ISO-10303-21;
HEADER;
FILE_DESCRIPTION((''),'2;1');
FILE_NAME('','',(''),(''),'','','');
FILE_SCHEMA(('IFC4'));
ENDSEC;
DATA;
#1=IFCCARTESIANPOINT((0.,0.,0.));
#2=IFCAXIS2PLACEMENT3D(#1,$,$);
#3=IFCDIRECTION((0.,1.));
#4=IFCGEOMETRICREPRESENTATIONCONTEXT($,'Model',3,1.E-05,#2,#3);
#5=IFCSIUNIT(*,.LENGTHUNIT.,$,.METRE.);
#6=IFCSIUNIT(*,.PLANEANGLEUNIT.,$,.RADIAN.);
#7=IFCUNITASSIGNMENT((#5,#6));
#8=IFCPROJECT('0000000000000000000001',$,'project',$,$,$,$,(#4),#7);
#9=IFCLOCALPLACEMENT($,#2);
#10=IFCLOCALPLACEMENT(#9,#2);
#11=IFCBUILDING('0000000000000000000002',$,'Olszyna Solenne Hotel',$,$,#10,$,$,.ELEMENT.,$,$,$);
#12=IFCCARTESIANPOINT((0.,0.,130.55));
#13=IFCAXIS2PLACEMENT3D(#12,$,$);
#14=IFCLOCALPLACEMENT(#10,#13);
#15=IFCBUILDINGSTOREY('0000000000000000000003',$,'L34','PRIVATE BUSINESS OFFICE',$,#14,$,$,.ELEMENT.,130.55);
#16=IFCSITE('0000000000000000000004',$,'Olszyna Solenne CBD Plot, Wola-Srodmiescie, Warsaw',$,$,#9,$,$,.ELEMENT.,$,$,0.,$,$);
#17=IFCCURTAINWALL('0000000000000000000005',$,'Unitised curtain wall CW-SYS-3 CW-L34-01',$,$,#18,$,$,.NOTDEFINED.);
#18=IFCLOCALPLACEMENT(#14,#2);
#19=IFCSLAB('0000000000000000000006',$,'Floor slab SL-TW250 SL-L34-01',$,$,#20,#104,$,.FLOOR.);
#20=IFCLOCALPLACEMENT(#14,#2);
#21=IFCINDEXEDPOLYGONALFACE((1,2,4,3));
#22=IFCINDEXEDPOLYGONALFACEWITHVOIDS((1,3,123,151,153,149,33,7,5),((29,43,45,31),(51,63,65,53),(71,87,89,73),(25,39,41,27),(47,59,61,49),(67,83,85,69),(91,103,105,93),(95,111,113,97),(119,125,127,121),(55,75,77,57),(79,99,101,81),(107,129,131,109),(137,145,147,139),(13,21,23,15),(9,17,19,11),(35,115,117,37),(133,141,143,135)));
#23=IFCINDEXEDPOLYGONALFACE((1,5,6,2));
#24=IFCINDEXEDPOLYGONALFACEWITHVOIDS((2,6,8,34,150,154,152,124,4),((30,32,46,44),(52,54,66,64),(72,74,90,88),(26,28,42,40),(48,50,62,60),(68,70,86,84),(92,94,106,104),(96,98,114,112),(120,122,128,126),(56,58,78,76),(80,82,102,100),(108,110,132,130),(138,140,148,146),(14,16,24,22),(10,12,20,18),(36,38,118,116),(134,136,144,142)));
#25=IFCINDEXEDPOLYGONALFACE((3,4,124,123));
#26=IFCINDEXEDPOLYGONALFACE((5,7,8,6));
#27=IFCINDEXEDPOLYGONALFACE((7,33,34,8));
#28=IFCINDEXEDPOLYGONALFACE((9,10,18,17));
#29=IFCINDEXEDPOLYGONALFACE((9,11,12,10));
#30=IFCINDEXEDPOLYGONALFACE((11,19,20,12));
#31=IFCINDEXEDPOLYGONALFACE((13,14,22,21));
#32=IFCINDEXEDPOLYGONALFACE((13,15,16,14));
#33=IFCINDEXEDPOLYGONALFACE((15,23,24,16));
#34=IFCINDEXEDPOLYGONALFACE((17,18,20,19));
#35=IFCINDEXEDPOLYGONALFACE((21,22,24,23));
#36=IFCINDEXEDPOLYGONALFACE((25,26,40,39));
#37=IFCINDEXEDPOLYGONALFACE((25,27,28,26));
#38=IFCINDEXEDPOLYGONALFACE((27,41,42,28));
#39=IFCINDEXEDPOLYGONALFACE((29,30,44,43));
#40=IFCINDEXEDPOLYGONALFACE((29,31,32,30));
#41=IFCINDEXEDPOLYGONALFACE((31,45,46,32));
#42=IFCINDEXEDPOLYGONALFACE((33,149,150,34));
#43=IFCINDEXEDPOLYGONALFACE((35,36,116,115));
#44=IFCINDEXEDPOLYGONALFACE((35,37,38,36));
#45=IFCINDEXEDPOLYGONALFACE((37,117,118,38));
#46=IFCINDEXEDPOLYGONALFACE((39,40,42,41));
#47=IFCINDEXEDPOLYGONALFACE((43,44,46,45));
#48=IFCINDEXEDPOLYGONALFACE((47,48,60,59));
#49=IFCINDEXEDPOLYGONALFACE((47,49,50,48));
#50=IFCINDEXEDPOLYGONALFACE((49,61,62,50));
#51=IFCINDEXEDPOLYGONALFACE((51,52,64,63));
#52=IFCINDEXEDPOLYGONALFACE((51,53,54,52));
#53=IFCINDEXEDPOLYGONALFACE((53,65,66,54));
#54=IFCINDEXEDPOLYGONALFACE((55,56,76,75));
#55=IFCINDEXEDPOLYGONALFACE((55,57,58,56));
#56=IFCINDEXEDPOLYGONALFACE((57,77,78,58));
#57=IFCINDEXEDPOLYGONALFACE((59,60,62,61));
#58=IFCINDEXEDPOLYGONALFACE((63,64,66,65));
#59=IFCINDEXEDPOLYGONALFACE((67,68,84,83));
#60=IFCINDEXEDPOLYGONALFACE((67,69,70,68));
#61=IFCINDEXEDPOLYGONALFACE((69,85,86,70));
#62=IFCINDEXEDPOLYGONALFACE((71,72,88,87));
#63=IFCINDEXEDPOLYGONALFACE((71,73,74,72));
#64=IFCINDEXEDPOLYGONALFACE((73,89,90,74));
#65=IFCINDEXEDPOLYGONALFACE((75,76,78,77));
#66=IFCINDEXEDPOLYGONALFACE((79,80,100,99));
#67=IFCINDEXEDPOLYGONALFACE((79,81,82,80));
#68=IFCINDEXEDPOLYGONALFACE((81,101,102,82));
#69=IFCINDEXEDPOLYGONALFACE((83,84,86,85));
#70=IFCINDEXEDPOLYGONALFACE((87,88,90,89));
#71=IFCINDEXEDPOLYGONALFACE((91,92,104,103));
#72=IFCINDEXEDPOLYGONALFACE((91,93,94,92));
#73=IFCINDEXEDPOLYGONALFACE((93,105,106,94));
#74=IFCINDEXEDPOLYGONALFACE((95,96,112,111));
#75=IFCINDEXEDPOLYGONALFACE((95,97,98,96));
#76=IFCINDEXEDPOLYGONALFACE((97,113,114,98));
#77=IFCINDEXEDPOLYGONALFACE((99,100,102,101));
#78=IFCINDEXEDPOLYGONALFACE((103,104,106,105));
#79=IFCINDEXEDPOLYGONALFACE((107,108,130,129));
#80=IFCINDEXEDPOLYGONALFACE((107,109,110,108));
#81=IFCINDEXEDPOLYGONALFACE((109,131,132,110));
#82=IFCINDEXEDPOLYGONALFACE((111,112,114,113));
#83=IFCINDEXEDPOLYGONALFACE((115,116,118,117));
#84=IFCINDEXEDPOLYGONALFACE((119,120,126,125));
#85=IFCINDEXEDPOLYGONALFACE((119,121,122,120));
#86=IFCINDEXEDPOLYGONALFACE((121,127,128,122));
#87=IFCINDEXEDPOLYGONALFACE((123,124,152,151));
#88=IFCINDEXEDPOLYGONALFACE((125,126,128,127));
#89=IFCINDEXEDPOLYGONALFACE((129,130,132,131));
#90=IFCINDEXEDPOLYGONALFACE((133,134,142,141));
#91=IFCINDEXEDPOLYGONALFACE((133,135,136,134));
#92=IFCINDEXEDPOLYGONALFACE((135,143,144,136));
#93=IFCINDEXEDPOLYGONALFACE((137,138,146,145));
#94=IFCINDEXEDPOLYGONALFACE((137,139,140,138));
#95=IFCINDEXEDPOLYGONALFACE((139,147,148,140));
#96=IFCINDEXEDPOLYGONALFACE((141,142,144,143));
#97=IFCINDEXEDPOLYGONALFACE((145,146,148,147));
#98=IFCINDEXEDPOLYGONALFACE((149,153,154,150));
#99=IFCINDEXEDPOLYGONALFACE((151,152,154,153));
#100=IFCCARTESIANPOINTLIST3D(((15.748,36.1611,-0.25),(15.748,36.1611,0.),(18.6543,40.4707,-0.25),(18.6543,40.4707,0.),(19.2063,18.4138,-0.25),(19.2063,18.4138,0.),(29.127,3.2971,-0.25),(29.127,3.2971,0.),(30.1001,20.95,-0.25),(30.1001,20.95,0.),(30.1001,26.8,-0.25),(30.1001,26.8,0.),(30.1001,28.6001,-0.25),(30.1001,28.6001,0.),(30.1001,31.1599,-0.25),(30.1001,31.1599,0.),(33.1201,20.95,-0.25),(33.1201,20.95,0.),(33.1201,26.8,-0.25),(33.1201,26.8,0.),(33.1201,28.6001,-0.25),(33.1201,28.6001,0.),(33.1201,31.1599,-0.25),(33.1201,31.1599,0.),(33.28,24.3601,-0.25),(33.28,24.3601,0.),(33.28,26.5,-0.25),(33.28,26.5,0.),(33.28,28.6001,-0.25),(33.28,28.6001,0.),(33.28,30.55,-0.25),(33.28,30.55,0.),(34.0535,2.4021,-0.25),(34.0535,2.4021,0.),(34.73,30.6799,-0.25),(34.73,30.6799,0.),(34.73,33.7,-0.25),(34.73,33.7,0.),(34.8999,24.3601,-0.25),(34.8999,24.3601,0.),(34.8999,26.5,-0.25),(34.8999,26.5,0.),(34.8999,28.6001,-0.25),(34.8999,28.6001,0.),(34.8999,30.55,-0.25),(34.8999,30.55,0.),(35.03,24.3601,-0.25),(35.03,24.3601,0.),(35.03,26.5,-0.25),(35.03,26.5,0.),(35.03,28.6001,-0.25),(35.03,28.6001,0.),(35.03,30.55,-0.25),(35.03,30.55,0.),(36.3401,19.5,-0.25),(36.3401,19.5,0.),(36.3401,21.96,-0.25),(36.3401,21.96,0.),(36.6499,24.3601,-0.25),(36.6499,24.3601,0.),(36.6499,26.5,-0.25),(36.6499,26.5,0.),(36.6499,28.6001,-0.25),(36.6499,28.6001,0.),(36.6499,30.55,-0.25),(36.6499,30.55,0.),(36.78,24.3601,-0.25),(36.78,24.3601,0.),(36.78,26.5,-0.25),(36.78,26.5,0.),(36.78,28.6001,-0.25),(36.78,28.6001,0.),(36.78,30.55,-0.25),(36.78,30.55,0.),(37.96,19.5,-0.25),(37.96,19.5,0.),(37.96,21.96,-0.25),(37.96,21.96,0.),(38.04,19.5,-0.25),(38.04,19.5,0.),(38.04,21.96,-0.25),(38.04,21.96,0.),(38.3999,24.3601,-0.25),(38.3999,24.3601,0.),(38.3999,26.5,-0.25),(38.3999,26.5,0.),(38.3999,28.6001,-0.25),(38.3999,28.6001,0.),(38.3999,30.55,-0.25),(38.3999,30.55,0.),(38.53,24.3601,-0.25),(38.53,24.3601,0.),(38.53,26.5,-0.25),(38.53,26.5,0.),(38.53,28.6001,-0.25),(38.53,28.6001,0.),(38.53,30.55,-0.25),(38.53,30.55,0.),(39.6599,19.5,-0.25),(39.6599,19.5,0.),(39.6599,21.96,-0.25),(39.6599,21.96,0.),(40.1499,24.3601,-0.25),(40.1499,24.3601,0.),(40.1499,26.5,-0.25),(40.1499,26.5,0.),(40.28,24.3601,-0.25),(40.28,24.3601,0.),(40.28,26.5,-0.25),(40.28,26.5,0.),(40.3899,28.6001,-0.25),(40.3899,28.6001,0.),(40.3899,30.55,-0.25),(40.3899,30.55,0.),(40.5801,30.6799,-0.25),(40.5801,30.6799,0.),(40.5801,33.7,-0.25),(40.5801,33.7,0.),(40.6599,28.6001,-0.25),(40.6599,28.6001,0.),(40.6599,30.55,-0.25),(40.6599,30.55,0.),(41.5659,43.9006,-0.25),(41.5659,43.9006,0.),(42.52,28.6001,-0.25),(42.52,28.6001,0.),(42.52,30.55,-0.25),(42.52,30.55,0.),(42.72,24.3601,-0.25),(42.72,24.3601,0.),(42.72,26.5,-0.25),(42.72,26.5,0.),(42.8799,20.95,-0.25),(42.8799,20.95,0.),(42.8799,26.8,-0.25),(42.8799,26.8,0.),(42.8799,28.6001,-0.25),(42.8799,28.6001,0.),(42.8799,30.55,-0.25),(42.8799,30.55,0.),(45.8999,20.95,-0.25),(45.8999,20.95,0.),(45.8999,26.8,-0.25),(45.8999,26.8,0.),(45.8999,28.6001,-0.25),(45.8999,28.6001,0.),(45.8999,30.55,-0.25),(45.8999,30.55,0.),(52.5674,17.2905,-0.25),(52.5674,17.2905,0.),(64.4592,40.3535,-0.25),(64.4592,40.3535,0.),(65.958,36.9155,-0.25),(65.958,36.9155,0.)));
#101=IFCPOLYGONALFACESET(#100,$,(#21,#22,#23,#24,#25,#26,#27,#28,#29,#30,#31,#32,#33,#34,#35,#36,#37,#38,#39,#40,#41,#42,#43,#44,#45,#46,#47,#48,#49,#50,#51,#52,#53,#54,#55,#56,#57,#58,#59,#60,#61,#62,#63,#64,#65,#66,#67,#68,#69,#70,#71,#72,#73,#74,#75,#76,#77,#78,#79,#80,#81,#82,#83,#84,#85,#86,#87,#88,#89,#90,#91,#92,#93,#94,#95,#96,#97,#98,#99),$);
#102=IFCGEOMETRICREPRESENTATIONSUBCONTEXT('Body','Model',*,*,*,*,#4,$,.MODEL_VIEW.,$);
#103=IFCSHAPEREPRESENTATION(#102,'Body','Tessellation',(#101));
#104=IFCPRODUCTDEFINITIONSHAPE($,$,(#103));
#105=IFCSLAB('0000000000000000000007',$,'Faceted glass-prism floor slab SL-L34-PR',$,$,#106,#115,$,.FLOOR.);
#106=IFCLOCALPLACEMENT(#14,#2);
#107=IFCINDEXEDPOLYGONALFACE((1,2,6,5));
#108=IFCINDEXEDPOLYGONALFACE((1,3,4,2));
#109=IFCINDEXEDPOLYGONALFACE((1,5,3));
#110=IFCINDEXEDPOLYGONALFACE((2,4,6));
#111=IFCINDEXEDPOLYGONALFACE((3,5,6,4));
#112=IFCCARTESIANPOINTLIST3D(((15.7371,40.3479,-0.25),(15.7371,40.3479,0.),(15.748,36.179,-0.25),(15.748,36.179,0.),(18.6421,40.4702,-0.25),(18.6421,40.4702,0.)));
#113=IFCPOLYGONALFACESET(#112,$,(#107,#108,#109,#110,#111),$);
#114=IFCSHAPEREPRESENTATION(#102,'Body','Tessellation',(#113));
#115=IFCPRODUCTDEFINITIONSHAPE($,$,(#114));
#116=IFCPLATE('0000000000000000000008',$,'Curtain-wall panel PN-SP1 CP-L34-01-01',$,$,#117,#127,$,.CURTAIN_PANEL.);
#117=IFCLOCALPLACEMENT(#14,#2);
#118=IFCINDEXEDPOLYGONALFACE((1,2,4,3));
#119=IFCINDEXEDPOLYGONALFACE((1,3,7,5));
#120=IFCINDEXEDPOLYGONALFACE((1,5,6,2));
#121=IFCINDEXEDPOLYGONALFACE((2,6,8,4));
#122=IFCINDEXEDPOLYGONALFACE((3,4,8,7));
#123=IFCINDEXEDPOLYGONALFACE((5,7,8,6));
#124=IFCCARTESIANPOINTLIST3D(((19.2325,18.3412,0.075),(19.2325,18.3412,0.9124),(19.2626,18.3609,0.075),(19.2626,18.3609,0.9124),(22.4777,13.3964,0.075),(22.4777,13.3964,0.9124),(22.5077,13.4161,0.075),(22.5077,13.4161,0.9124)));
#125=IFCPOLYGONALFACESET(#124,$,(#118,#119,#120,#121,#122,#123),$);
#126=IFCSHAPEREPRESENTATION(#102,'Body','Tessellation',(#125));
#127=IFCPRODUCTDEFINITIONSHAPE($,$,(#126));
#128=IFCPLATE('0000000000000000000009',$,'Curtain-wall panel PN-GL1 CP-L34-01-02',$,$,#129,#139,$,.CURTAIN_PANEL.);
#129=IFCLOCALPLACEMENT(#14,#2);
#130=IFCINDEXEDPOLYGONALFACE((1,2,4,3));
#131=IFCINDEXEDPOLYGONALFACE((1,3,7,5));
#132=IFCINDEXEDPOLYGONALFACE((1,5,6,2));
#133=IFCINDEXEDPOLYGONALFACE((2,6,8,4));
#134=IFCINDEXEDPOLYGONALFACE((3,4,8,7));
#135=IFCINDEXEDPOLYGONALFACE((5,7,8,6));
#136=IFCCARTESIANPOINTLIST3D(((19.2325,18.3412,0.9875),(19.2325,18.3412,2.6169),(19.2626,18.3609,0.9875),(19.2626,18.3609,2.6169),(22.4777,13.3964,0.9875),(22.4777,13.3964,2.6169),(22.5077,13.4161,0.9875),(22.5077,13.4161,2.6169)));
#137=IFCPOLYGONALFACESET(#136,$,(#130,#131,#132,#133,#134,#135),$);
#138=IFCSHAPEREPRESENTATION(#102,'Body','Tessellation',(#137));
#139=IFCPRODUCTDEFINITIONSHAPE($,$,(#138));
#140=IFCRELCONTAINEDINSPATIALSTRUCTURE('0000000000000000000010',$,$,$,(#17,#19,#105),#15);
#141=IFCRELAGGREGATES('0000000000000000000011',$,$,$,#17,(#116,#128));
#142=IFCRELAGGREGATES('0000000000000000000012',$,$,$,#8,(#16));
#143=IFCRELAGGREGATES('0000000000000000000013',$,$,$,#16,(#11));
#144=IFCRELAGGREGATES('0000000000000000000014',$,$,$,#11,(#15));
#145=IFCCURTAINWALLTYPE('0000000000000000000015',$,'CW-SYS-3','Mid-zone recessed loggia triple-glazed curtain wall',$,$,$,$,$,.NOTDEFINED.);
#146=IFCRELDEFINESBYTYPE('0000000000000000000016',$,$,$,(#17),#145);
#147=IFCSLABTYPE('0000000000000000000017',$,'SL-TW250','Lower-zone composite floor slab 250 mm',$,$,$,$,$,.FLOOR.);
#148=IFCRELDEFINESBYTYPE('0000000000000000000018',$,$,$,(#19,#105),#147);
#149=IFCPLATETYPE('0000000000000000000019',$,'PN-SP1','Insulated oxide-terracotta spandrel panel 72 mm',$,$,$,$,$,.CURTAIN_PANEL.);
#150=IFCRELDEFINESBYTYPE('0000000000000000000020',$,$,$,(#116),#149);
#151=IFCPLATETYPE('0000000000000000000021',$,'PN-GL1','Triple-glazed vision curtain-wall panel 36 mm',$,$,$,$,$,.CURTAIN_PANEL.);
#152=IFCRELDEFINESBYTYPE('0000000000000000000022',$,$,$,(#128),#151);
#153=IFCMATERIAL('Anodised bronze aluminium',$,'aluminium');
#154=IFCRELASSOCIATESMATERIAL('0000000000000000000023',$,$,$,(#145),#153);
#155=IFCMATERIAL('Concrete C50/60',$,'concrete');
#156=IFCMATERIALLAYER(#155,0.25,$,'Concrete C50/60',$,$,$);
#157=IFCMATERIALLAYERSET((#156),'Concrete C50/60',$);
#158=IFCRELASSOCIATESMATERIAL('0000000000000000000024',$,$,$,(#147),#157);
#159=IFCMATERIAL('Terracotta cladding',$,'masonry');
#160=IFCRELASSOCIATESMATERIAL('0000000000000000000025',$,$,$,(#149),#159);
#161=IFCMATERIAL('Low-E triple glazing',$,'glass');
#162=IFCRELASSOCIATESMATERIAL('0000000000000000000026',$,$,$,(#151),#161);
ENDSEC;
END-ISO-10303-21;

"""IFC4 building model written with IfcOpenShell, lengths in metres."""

from ifc_helpers import new_model, si_unit, direction, frame, origin, origin_2d, place, context, subcontext, project, spatial, polyline, rectangle, outline, extrude, source, transform, mapped, material, layer, layer_set, type_object, element, aggregate, save


model = new_model("IFC4")

# Units and contexts
model_context = context("Model", 3, precision=1e-05, world=origin(), true_north=direction((0.0, 1.0)))
body_context = subcontext(model_context, "Body", "Model", "MODEL_VIEW")
ifc_project = project(units=[si_unit("LENGTHUNIT", "METRE"), si_unit("PLANEANGLEUNIT", "RADIAN")], contexts=[model_context])

# Site, building, storey
site_placement = place(None, origin())
site = spatial("IfcSite", under=ifc_project, at=site_placement, Name="Olszyna Solenne CBD Plot, Wola-Srodmiescie, Warsaw", CompositionType="ELEMENT", RefElevation=0.0)
building_placement = place(site_placement, origin())
building = spatial("IfcBuilding", under=site, at=building_placement, Name="Olszyna Solenne Hotel", CompositionType="ELEMENT")
storey_placement = place(building_placement, frame((0.0, 0.0, 130.55)))
storey = spatial("IfcBuildingStorey", under=building, at=storey_placement, Name="L34", Description="PRIVATE BUSINESS OFFICE", CompositionType="ELEMENT", Elevation=130.55)

# Curtain wall
ifc_material_1 = material(Name="Anodised bronze aluminium", Category="aluminium")
curtain_wall_type = type_object("IfcCurtainWallType", Name="CW-SYS-3", Description="Mid-zone recessed loggia triple-glazed curtain wall", PredefinedType="NOTDEFINED", material=ifc_material_1)
curtain_wall_placement = place(storey_placement, origin())
curtain_wall = element("IfcCurtainWall", 1, at=curtain_wall_placement, inside=storey, type_object=curtain_wall_type, Name="Unitised curtain wall CW-SYS-3 CW-L34-01", PredefinedType="NOTDEFINED")

# Slabs
ifc_material_2 = material(Name="Concrete C50/60", Category="concrete")
ifc_layer_1 = layer(ifc_material_2, 0.25, Name="Concrete C50/60")
ifc_layer_set_1 = layer_set([ifc_layer_1], Name="Concrete C50/60")
slab_type_1 = type_object("IfcSlabType", Name="SL-TW250", Description="Lower-zone composite floor slab 250 mm", PredefinedType="FLOOR", material=ifc_layer_set_1)
slab_1_placement = place(storey_placement, frame((0.0, 0.0, -0.25)))
element("IfcSlab", 2, at=slab_1_placement, inside=storey, type_object=slab_type_1, Name="Floor slab SL-TW250 SL-L34-01", PredefinedType="FLOOR", context=body_context, shape_type="SweptSolid", body=[
    extrude(outline(polyline([(65.958, 36.9155), (64.4592, 40.3535), (41.5659, 43.9006), (18.6543, 40.4707), (15.748, 36.1611), (19.2063, 18.4138), (29.127, 3.2971), (34.0535, 2.4021), (52.5674, 17.2905), (65.958, 36.9155)]), holes=[polyline([(30.1001, 20.95), (33.1201, 20.95), (33.1201, 26.8), (30.1001, 26.8), (30.1001, 20.95)]), polyline([(42.8799, 20.95), (45.8999, 20.95), (45.8999, 26.8), (42.8799, 26.8), (42.8799, 20.95)]), polyline([(34.73, 30.6799), (40.5801, 30.6799), (40.5801, 33.7), (34.73, 33.7), (34.73, 30.6799)]), polyline([(36.3401, 19.5), (37.96, 19.5), (37.96, 21.96), (36.3401, 21.96), (36.3401, 19.5)]), polyline([(38.04, 19.5), (39.6599, 19.5), (39.6599, 21.96), (38.04, 21.96), (38.04, 19.5)]), polyline([(30.1001, 28.6001), (33.1201, 28.6001), (33.1201, 31.1599), (30.1001, 31.1599), (30.1001, 28.6001)]), polyline([(33.28, 24.3601), (34.8999, 24.3601), (34.8999, 26.5), (33.28, 26.5), (33.28, 24.3601)]), polyline([(35.03, 24.3601), (36.6499, 24.3601), (36.6499, 26.5), (35.03, 26.5), (35.03, 24.3601)]), polyline([(36.78, 24.3601), (38.3999, 24.3601), (38.3999, 26.5), (36.78, 26.5), (36.78, 24.3601)]), polyline([(38.53, 24.3601), (40.1499, 24.3601), (40.1499, 26.5), (38.53, 26.5), (38.53, 24.3601)]), polyline([(40.28, 24.3601), (42.72, 24.3601), (42.72, 26.5), (40.28, 26.5), (40.28, 24.3601)]), polyline([(33.28, 28.6001), (34.8999, 28.6001), (34.8999, 30.55), (33.28, 30.55), (33.28, 28.6001)]), polyline([(35.03, 28.6001), (36.6499, 28.6001), (36.6499, 30.55), (35.03, 30.55), (35.03, 28.6001)]), polyline([(36.78, 28.6001), (38.3999, 28.6001), (38.3999, 30.55), (36.78, 30.55), (36.78, 28.6001)]), polyline([(38.53, 28.6001), (40.3899, 28.6001), (40.3899, 30.55), (38.53, 30.55), (38.53, 28.6001)]), polyline([(40.6599, 28.6001), (42.52, 28.6001), (42.52, 30.55), (40.6599, 30.55), (40.6599, 28.6001)]), polyline([(42.8799, 28.6001), (45.8999, 28.6001), (45.8999, 30.55), (42.8799, 30.55), (42.8799, 28.6001)])]), origin(), (0.0, 0.0, 1.0), 0.25),
])
slab_2_placement = place(storey_placement, frame((0.0, 0.0, -0.25)))
element("IfcSlab", 3, at=slab_2_placement, inside=storey, type_object=slab_type_1, Name="Faceted glass-prism floor slab SL-L34-PR", PredefinedType="FLOOR", context=body_context, shape_type="SweptSolid", body=[
    extrude(outline(polyline([(15.748, 36.179), (18.6421, 40.4702), (15.7371, 40.3479), (15.748, 36.179)])), origin(), (0.0, 0.0, 1.0), 0.25),
])

# Plates
ifc_material_3 = material(Name="Terracotta cladding", Category="masonry")
plate_type_1 = type_object("IfcPlateType", Name="PN-SP1", Description="Insulated oxide-terracotta spandrel panel 72 mm", PredefinedType="CURTAIN_PANEL", material=ifc_material_3)
shared_shape_1 = source(origin(), body_context, "Body", "SweptSolid", [
    extrude(rectangle(XDim=5.9146, YDim=0.0359, at=origin_2d()), origin(), (0.0, 0.0, 1.0), 0.8374),
])
plate_1_placement = place(storey_placement, frame((20.8701, 15.8787, 0.075), z_axis=(0.0, 0.0, 1.0), x_axis=(0.548669, -0.83604, 0.0)))
plate_1 = element("IfcPlate", 4, at=plate_1_placement, type_object=plate_type_1, Name="Curtain-wall panel PN-SP1 CP-L34-01-01", PredefinedType="CURTAIN_PANEL", context=body_context, shape_type="MappedRepresentation", body=[
    mapped(shared_shape_1, transform((0.0, 0.0, 0.0), x_axis=(1.0, 0.0, 0.0), y_axis=(0.0, 1.0, 0.0), z_axis=(0.0, 0.0, 1.0), scale=1.0)),
])
ifc_material_4 = material(Name="Low-E triple glazing", Category="glass")
plate_type_2 = type_object("IfcPlateType", Name="PN-GL1", Description="Triple-glazed vision curtain-wall panel 36 mm", PredefinedType="CURTAIN_PANEL", material=ifc_material_4)
shared_shape_2 = source(origin(), body_context, "Body", "SweptSolid", [
    extrude(rectangle(XDim=5.9146, YDim=0.0359, at=origin_2d()), origin(), (0.0, 0.0, 1.0), 1.6294),
])
plate_2_placement = place(storey_placement, frame((20.8701, 15.8787, 0.9875), z_axis=(0.0, 0.0, 1.0), x_axis=(0.548669, -0.83604, 0.0)))
plate_2 = element("IfcPlate", 5, at=plate_2_placement, type_object=plate_type_2, Name="Curtain-wall panel PN-GL1 CP-L34-01-02", PredefinedType="CURTAIN_PANEL", context=body_context, shape_type="MappedRepresentation", body=[
    mapped(shared_shape_2, transform((0.0, 0.0, 0.0), x_axis=(1.0, 0.0, 0.0), y_axis=(0.0, 1.0, 0.0), z_axis=(0.0, 0.0, 1.0), scale=1.0)),
])
aggregate(curtain_wall, [plate_1, plate_2])

save(model, "model.ifc")
